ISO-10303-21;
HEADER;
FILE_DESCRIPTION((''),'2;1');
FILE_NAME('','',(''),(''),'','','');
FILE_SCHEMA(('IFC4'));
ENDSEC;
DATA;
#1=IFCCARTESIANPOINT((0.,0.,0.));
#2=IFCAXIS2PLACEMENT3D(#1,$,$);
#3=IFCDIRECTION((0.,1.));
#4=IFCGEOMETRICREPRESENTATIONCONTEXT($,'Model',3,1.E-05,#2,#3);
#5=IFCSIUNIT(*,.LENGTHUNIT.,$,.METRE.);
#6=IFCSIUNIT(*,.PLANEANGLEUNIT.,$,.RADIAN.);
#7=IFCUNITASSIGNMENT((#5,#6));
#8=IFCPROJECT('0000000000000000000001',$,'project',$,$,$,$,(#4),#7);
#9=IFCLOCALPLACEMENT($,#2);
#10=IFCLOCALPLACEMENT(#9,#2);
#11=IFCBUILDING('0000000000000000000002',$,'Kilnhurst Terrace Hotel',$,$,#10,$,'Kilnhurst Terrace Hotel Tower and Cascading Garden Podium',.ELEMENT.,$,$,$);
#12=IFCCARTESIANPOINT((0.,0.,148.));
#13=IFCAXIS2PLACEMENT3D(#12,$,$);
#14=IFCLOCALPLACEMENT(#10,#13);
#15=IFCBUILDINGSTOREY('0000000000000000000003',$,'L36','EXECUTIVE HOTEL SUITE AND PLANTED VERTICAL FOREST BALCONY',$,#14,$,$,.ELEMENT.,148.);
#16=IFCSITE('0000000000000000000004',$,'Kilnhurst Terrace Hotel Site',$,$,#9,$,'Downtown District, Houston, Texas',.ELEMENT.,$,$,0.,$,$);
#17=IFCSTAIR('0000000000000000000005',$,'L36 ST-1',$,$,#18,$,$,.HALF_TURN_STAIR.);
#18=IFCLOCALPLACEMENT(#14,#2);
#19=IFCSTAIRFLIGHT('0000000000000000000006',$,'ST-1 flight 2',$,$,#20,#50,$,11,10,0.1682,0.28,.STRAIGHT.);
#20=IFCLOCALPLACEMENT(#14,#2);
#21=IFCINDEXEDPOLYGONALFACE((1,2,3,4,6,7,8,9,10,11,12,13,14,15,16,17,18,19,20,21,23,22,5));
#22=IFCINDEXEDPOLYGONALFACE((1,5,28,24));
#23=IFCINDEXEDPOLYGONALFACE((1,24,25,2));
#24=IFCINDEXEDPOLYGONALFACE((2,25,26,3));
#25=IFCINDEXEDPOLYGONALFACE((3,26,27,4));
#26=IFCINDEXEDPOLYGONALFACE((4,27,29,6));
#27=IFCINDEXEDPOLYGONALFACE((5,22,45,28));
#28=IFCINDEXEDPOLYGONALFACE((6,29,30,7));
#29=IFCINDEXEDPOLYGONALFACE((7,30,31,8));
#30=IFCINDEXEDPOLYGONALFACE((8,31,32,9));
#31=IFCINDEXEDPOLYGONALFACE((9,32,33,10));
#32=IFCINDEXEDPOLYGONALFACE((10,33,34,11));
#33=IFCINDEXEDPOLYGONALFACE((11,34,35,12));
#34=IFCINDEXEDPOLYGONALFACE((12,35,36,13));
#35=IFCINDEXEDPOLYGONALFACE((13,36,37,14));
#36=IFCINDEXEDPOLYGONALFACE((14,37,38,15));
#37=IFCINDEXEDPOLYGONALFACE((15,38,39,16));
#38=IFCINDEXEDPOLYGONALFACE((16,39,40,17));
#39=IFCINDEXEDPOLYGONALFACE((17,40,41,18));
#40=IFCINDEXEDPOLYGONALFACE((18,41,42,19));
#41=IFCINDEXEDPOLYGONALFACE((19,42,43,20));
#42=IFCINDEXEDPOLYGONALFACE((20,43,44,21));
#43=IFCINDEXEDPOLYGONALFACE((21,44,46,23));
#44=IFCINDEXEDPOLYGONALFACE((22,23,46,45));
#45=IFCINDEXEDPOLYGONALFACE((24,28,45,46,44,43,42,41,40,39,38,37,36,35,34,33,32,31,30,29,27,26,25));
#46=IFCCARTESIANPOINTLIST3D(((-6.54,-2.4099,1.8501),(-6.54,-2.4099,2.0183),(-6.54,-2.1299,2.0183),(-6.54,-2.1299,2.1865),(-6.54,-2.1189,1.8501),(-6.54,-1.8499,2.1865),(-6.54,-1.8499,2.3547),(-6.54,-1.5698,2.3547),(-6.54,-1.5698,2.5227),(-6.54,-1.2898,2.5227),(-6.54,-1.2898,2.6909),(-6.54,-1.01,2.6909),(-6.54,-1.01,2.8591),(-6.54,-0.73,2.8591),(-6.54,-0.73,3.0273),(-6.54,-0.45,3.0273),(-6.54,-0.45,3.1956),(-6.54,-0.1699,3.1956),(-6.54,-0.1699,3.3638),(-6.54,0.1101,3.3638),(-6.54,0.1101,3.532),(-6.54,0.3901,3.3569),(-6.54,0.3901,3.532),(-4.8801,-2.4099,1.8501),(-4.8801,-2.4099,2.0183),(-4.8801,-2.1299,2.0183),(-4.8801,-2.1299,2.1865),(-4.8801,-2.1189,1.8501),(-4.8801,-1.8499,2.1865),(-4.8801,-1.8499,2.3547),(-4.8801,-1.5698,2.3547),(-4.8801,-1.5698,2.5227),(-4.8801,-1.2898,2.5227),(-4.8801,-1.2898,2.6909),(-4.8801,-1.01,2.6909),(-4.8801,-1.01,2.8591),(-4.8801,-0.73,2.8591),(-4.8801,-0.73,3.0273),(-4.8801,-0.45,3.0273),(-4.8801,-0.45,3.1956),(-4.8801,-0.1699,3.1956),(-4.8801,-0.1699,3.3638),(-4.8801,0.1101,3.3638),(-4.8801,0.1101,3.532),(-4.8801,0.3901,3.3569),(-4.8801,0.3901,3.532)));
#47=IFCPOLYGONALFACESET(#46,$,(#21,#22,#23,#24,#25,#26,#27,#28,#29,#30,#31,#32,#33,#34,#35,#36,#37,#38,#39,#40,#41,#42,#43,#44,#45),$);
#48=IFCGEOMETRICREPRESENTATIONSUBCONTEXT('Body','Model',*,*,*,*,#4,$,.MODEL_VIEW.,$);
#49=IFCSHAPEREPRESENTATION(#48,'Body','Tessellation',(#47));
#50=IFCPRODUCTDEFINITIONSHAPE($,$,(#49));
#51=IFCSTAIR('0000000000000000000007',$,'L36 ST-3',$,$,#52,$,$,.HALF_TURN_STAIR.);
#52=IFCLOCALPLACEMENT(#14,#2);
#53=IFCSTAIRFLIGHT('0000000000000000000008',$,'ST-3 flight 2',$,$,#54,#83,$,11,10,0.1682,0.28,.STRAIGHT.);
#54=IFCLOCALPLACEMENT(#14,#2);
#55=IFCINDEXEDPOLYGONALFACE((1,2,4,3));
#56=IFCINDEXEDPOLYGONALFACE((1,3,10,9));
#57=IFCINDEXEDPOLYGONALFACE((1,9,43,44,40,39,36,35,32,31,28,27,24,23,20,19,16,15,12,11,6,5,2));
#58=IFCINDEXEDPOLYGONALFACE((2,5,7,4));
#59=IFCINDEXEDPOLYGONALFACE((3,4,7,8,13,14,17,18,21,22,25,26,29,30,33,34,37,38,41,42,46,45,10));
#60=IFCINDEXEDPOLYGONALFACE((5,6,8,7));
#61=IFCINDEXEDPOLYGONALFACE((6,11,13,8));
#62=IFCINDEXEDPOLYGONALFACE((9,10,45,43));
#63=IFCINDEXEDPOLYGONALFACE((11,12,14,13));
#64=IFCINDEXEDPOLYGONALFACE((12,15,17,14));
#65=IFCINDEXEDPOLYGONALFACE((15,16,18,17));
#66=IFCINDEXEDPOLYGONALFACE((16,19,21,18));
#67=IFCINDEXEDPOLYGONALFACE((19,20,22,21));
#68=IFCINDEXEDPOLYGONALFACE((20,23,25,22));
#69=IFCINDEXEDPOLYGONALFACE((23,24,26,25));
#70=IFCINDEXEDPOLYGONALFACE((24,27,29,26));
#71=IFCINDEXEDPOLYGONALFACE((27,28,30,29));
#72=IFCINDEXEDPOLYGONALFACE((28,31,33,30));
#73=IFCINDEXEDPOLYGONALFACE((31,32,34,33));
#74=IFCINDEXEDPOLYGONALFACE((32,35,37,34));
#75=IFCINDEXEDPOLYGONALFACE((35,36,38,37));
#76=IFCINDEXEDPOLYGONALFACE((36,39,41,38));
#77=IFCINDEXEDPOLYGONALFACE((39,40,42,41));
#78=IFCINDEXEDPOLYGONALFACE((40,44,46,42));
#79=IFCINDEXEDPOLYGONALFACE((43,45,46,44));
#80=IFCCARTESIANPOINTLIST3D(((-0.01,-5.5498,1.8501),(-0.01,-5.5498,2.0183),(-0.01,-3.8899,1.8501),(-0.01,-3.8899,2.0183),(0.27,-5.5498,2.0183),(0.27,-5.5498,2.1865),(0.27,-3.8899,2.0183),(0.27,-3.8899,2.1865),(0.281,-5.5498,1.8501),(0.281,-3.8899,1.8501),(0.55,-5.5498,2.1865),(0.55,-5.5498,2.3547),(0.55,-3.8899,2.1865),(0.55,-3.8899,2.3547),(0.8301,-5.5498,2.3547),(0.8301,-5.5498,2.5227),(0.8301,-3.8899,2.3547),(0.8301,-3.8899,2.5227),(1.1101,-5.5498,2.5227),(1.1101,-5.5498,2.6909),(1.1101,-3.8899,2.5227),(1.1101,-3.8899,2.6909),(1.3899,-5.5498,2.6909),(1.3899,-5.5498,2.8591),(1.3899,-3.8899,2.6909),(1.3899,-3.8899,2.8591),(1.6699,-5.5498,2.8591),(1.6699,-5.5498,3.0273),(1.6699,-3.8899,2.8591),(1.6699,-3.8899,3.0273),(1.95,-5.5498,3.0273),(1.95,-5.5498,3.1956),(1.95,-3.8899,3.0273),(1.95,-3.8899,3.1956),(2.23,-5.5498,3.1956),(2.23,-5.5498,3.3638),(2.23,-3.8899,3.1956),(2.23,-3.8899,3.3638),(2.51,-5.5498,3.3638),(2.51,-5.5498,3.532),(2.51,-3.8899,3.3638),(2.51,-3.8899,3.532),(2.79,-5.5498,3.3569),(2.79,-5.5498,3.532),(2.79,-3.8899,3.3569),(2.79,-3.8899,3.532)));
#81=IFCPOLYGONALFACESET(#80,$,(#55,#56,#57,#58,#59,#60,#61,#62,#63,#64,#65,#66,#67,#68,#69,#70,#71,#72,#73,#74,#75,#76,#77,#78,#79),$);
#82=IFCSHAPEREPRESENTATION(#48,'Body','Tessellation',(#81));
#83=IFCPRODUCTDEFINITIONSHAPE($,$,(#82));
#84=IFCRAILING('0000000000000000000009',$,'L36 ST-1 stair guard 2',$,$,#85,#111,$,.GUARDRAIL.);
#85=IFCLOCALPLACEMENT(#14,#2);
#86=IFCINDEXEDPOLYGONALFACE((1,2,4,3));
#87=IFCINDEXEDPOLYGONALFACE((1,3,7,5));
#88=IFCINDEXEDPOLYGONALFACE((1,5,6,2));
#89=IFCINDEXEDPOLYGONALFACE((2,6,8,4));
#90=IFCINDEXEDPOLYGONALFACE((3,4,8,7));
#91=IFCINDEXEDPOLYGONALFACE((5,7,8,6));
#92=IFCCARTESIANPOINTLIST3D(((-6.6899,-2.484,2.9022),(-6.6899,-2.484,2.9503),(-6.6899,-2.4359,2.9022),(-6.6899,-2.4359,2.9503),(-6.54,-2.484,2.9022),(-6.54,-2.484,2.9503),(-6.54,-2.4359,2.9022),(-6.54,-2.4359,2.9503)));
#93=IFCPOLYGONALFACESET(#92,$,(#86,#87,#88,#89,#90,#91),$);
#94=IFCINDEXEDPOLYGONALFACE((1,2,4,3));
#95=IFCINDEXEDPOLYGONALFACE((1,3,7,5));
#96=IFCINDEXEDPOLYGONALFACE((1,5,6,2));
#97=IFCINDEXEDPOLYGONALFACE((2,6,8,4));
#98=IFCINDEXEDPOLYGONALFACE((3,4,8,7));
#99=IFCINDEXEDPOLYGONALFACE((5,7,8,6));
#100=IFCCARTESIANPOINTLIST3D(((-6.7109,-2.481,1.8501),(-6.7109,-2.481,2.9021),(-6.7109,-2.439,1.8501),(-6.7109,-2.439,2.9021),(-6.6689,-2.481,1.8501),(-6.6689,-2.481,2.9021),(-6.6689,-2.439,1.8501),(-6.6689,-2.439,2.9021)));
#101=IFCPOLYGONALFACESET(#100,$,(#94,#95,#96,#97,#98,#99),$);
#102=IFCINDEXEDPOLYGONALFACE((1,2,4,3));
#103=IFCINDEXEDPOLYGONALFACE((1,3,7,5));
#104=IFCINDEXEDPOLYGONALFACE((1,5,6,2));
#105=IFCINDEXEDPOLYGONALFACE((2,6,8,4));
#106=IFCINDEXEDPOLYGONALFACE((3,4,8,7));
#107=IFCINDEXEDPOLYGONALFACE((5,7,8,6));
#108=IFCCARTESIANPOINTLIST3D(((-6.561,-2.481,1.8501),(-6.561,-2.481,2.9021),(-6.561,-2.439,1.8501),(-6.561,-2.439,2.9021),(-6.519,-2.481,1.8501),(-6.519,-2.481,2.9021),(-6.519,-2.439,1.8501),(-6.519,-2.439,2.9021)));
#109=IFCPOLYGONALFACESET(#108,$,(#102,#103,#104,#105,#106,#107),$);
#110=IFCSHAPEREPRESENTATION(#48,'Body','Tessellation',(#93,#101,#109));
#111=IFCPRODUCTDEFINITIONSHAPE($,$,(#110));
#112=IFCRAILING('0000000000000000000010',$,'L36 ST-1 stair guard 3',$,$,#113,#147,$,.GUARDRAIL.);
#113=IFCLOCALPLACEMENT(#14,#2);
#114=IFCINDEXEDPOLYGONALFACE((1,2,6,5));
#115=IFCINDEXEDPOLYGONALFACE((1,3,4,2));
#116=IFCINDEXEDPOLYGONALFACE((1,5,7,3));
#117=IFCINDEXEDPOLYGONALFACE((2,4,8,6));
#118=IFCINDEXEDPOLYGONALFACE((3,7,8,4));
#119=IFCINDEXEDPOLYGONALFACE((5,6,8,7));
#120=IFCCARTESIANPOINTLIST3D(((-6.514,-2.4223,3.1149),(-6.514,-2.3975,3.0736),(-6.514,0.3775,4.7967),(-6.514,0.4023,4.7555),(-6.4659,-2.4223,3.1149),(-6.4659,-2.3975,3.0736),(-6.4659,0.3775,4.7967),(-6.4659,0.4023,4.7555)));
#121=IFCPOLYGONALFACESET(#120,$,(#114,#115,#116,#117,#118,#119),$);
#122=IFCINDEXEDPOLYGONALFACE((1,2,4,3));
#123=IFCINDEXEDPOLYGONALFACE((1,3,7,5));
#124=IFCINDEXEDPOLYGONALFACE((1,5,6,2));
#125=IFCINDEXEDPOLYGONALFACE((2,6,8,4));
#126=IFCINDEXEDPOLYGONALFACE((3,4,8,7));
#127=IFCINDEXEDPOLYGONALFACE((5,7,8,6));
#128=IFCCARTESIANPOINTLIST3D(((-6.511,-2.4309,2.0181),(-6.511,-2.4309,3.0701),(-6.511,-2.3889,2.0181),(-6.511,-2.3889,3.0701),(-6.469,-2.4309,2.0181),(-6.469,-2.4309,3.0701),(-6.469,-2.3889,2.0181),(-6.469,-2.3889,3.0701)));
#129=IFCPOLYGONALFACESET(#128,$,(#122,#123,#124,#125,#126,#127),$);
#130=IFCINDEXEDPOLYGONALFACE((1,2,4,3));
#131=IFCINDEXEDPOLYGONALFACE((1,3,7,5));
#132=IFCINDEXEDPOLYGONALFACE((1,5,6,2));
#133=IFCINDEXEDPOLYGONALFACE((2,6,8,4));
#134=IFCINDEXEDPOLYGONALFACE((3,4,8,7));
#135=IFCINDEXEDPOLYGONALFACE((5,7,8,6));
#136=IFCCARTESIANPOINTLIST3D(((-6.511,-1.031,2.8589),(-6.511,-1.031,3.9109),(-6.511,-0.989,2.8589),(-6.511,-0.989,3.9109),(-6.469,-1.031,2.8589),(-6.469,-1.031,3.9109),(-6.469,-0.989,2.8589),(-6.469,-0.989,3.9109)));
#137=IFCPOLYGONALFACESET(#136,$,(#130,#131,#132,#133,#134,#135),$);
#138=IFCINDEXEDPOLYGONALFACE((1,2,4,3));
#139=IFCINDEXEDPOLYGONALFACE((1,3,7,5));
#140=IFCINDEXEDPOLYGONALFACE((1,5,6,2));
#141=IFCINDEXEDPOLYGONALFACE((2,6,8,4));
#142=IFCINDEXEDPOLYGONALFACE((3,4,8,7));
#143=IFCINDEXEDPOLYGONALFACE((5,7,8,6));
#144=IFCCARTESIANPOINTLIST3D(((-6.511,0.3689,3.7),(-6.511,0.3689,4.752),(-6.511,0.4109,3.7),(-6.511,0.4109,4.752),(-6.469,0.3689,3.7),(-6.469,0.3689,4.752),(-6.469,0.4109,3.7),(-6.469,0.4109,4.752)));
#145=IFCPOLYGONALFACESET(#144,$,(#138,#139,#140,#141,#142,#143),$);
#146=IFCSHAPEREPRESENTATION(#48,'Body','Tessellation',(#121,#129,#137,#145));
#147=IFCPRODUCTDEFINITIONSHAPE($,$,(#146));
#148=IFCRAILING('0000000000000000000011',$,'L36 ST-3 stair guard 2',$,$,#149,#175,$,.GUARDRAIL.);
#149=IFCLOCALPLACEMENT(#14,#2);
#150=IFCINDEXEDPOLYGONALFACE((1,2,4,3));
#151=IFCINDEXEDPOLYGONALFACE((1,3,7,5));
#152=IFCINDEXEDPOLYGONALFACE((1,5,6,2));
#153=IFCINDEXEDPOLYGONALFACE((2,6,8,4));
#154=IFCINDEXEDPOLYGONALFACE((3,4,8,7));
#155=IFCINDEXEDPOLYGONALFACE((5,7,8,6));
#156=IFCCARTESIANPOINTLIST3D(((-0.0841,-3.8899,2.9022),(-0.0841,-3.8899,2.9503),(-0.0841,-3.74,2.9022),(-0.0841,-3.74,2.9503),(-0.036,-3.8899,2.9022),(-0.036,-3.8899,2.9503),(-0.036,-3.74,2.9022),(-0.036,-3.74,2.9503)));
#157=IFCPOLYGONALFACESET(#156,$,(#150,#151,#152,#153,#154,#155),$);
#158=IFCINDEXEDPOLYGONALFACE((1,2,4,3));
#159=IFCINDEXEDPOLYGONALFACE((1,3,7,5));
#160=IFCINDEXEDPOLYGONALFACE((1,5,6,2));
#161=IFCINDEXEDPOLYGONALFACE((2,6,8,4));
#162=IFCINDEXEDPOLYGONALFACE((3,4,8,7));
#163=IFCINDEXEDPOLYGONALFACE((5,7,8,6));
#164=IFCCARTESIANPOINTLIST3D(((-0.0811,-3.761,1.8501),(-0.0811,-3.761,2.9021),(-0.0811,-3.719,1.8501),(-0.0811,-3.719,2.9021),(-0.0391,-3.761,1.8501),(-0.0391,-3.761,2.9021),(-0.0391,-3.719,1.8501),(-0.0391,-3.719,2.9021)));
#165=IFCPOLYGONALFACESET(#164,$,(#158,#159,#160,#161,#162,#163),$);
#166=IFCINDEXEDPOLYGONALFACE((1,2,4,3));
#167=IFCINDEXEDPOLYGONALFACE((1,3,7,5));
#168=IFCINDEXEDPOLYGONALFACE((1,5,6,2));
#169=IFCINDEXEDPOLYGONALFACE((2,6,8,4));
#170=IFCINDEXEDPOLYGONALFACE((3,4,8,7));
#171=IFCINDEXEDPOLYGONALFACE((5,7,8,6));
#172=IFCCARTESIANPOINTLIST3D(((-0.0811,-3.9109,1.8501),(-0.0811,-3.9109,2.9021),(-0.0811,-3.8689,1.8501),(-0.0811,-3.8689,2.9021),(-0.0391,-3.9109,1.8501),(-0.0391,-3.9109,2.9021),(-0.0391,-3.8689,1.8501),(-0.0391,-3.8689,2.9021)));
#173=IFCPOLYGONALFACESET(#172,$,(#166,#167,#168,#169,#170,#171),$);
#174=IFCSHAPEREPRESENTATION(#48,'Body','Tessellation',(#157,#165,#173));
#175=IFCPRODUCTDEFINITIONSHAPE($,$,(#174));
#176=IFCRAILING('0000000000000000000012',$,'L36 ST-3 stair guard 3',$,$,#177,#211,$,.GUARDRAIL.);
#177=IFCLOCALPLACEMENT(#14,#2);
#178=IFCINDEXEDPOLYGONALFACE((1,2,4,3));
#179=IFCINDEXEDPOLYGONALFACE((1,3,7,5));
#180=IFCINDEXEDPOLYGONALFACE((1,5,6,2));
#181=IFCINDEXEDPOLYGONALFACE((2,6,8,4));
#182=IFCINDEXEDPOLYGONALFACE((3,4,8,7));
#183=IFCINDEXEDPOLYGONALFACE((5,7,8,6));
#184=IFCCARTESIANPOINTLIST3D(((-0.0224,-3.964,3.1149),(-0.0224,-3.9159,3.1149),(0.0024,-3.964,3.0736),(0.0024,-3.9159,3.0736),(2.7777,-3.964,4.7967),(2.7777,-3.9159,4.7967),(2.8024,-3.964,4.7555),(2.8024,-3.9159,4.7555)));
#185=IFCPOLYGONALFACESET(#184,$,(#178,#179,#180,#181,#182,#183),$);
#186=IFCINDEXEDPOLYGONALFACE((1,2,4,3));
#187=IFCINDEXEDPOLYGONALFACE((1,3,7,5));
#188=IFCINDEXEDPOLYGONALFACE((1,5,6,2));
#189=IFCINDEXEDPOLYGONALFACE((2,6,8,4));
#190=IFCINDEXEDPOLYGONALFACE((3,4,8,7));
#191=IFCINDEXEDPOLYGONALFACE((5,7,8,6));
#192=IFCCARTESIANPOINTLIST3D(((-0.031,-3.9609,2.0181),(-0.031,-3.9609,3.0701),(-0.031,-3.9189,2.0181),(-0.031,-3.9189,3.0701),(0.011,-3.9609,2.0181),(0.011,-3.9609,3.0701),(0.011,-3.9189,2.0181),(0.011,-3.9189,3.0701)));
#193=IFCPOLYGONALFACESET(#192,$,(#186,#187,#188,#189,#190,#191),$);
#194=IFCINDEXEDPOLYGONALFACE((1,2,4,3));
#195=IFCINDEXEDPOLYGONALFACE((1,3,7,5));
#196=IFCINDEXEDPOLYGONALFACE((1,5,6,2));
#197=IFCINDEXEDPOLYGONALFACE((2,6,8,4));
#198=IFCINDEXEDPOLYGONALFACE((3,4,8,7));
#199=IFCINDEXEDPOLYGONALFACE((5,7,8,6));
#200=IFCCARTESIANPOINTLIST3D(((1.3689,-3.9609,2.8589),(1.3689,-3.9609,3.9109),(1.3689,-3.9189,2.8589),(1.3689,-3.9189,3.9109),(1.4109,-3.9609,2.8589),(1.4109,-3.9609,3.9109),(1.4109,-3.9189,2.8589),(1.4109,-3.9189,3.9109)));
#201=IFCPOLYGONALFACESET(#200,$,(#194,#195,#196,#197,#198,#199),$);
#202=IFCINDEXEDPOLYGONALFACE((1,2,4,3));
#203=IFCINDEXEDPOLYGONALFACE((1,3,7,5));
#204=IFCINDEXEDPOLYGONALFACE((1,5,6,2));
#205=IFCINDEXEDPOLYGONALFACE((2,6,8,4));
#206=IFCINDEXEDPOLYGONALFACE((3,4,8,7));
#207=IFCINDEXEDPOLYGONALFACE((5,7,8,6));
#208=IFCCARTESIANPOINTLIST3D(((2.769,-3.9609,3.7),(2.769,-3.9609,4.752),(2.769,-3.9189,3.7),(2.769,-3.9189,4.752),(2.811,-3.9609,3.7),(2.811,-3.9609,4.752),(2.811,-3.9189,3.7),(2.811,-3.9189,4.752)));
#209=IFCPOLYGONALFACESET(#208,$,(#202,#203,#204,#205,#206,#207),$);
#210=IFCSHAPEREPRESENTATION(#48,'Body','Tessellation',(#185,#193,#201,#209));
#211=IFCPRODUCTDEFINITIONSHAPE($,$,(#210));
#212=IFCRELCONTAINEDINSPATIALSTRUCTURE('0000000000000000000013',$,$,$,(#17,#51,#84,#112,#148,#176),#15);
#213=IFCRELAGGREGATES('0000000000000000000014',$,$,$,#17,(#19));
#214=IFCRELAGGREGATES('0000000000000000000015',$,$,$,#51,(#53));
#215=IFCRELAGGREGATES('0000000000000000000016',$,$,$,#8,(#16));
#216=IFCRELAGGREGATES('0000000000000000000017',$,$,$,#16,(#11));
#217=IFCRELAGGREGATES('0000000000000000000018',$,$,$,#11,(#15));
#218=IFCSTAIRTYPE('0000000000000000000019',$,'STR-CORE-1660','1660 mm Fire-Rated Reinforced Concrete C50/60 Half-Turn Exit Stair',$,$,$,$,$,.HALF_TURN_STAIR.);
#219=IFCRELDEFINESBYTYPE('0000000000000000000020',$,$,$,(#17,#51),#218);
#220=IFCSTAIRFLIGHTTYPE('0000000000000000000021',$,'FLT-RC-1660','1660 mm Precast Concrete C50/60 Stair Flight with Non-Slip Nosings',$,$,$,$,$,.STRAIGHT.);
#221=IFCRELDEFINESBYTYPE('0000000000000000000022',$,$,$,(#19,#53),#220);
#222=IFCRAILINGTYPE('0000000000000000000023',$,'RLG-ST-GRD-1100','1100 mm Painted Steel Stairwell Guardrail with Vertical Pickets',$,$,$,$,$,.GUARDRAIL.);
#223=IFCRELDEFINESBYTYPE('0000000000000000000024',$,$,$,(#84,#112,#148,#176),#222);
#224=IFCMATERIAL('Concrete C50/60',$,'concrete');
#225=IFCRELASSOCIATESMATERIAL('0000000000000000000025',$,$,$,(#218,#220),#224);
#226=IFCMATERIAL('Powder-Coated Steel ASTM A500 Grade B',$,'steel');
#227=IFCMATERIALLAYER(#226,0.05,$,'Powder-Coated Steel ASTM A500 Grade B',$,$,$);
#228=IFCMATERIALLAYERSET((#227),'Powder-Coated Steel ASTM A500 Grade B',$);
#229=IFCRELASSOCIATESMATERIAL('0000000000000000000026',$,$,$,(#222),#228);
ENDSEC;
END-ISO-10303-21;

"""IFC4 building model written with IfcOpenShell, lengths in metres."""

from ifc_helpers import new_model, si_unit, direction, frame, origin, origin_2d, place, context, subcontext, project, spatial, polyline, rectangle, outline, extrude, material, layer, layer_set, type_object, element, aggregate, save


model = new_model("IFC4")

# Units and contexts
model_context = context("Model", 3, precision=1e-05, world=origin(), true_north=direction((0.0, 1.0)))
body_context = subcontext(model_context, "Body", "Model", "MODEL_VIEW")
ifc_project = project(units=[si_unit("LENGTHUNIT", "METRE"), si_unit("PLANEANGLEUNIT", "RADIAN")], contexts=[model_context])

# Site, building, storey
site_placement = place(None, origin())
site = spatial("IfcSite", under=ifc_project, at=site_placement, Name="Kilnhurst Terrace Hotel Site", LongName="Downtown District, Houston, Texas", CompositionType="ELEMENT", RefElevation=0.0)
building_placement = place(site_placement, origin())
building = spatial("IfcBuilding", under=site, at=building_placement, Name="Kilnhurst Terrace Hotel", LongName="Kilnhurst Terrace Hotel Tower and Cascading Garden Podium", CompositionType="ELEMENT")
storey_placement = place(building_placement, frame((0.0, 0.0, 148.0)))
storey = spatial("IfcBuildingStorey", under=building, at=storey_placement, Name="L36", Description="EXECUTIVE HOTEL SUITE AND PLANTED VERTICAL FOREST BALCONY", CompositionType="ELEMENT", Elevation=148.0)

# Shared definitions
ifc_material_1 = material(Name="Concrete C50/60", Category="concrete")

# Stairs, stair flights
stair_type = type_object("IfcStairType", Name="STR-CORE-1660", Description="1660 mm Fire-Rated Reinforced Concrete C50/60 Half-Turn Exit Stair", PredefinedType="HALF_TURN_STAIR", material=ifc_material_1)
stair_1_placement = place(storey_placement, origin())
stair_1 = element("IfcStair", 1, at=stair_1_placement, inside=storey, type_object=stair_type, Name="L36 ST-1", PredefinedType="HALF_TURN_STAIR")
stair_flight_type = type_object("IfcStairFlightType", Name="FLT-RC-1660", Description="1660 mm Precast Concrete C50/60 Stair Flight with Non-Slip Nosings", PredefinedType="STRAIGHT", material=ifc_material_1)
stair_flight_1_placement = place(storey_placement, frame((-5.71, -2.4099, 1.8501), z_axis=(0.0, 0.0, 1.0), x_axis=(0.0, 1.0, 0.0)))
stair_flight_1 = element("IfcStairFlight", 2, at=stair_flight_1_placement, type_object=stair_flight_type, Name="ST-1 flight 2", NumberOfRisers=11, NumberOfTreads=10, PredefinedType="STRAIGHT", RiserHeight=0.1682, TreadLength=0.28, context=body_context, shape_type="SweptSolid", body=[
    extrude(outline(polyline([(0.0, 0.0), (0.0, 0.1682), (0.28, 0.1682), (0.28, 0.3364), (0.5601, 0.3364), (0.5601, 0.5046), (0.8401, 0.5046), (0.8401, 0.6726), (1.1201, 0.6726), (1.1201, 0.8408), (1.3999, 0.8408), (1.3999, 1.009), (1.6799, 1.009), (1.6799, 1.1772), (1.96, 1.1772), (1.96, 1.3455), (2.24, 1.3455), (2.24, 1.5137), (2.52, 1.5137), (2.52, 1.6819), (2.8, 1.6819), (2.8, 1.8501), (2.8, 1.5068), (0.291, 0.0), (0.0, 0.0)])), frame((0.0, 0.8301, 0.0), z_axis=(0.0, -1.0, 0.0), x_axis=(1.0, 0.0, 0.0)), (0.0, 0.0, 1.0), 1.6599),
])
aggregate(stair_1, [stair_flight_1])
stair_2_placement = place(storey_placement, origin())
stair_2 = element("IfcStair", 3, at=stair_2_placement, inside=storey, type_object=stair_type, Name="L36 ST-3", PredefinedType="HALF_TURN_STAIR")
stair_flight_2_placement = place(storey_placement, frame((-0.01, -4.72, 1.8501), z_axis=(0.0, 0.0, 1.0), x_axis=(1.0, 0.0, 0.0)))
stair_flight_2 = element("IfcStairFlight", 4, at=stair_flight_2_placement, type_object=stair_flight_type, Name="ST-3 flight 2", NumberOfRisers=11, NumberOfTreads=10, PredefinedType="STRAIGHT", RiserHeight=0.1682, TreadLength=0.28, context=body_context, shape_type="SweptSolid", body=[
    extrude(outline(polyline([(0.0, 0.0), (0.0, 0.1682), (0.28, 0.1682), (0.28, 0.3364), (0.5601, 0.3364), (0.5601, 0.5046), (0.8401, 0.5046), (0.8401, 0.6726), (1.1201, 0.6726), (1.1201, 0.8408), (1.3999, 0.8408), (1.3999, 1.009), (1.6799, 1.009), (1.6799, 1.1772), (1.96, 1.1772), (1.96, 1.3455), (2.24, 1.3455), (2.24, 1.5137), (2.52, 1.5137), (2.52, 1.6819), (2.8, 1.6819), (2.8, 1.8501), (2.8, 1.5068), (0.291, 0.0), (0.0, 0.0)])), frame((0.0, 0.8301, 0.0), z_axis=(0.0, -1.0, 0.0), x_axis=(1.0, 0.0, 0.0)), (0.0, 0.0, 1.0), 1.6599),
])
aggregate(stair_2, [stair_flight_2])

# Railings
ifc_material_2 = material(Name="Powder-Coated Steel ASTM A500 Grade B", Category="steel")
ifc_layer_1 = layer(ifc_material_2, 0.05, Name="Powder-Coated Steel ASTM A500 Grade B")
ifc_layer_set_1 = layer_set([ifc_layer_1], Name="Powder-Coated Steel ASTM A500 Grade B")
railing_type_1 = type_object("IfcRailingType", Name="RLG-ST-GRD-1100", Description="1100 mm Painted Steel Stairwell Guardrail with Vertical Pickets", PredefinedType="GUARDRAIL", material=ifc_layer_set_1)
railing_1_placement = place(storey_placement, frame((-6.6899, -2.46, 1.8501)))
element("IfcRailing", 5, at=railing_1_placement, inside=storey, type_object=railing_type_1, Name="L36 ST-1 stair guard 2", PredefinedType="GUARDRAIL", context=body_context, shape_type="SweptSolid", body=[
    extrude(rectangle(XDim=0.0481, YDim=0.0481, at=origin_2d()), frame((0.0, 0.0, 1.0762), z_axis=(1.0, 0.0, 0.0), x_axis=(0.0, 1.0, 0.0)), (0.0, 0.0, 1.0), 0.1499),
    extrude(rectangle(XDim=0.042, YDim=0.042, at=origin_2d()), origin(), (0.0, 0.0, 1.0), 1.052),
    extrude(rectangle(XDim=0.042, YDim=0.042, at=origin_2d()), frame((0.1499, 0.0, 0.0)), (0.0, 0.0, 1.0), 1.052),
])
railing_2_placement = place(storey_placement, frame((-6.49, -2.4099, 2.0181)))
element("IfcRailing", 6, at=railing_2_placement, inside=storey, type_object=railing_type_1, Name="L36 ST-1 stair guard 3", PredefinedType="GUARDRAIL", context=body_context, shape_type="SweptSolid", body=[
    extrude(rectangle(XDim=0.0481, YDim=0.0481, at=origin_2d()), frame((0.0, 0.0, 1.0762), z_axis=(0.0, 0.857222, 0.514946), x_axis=(-1.0, 0.0, 0.0)), (0.0, 0.0, 1.0), 3.2661),
    extrude(rectangle(XDim=0.042, YDim=0.042, at=origin_2d()), origin(), (0.0, 0.0, 1.0), 1.052),
    extrude(rectangle(XDim=0.042, YDim=0.042, at=origin_2d()), frame((0.0, 1.3999, 0.8408)), (0.0, 0.0, 1.0), 1.052),
    extrude(rectangle(XDim=0.042, YDim=0.042, at=origin_2d()), frame((0.0, 2.7998, 1.6819)), (0.0, 0.0, 1.0), 1.052),
])
railing_3_placement = place(storey_placement, frame((-0.0601, -3.74, 1.8501)))
element("IfcRailing", 7, at=railing_3_placement, inside=storey, type_object=railing_type_1, Name="L36 ST-3 stair guard 2", PredefinedType="GUARDRAIL", context=body_context, shape_type="SweptSolid", body=[
    extrude(rectangle(XDim=0.0481, YDim=0.0481, at=origin_2d()), frame((0.0, 0.0, 1.0762), z_axis=(0.0, -1.0, 0.0), x_axis=(1.0, 0.0, 0.0)), (0.0, 0.0, 1.0), 0.1499),
    extrude(rectangle(XDim=0.042, YDim=0.042, at=origin_2d()), origin(), (0.0, 0.0, 1.0), 1.052),
    extrude(rectangle(XDim=0.042, YDim=0.042, at=origin_2d()), frame((0.0, -0.1499, 0.0)), (0.0, 0.0, 1.0), 1.052),
])
railing_4_placement = place(storey_placement, frame((-0.01, -3.9399, 2.0181)))
element("IfcRailing", 8, at=railing_4_placement, inside=storey, type_object=railing_type_1, Name="L36 ST-3 stair guard 3", PredefinedType="GUARDRAIL", context=body_context, shape_type="SweptSolid", body=[
    extrude(rectangle(XDim=0.0481, YDim=0.0481, at=origin_2d()), frame((0.0, 0.0, 1.0762), z_axis=(0.857242, 0.0, 0.514913), x_axis=(0.0, 1.0, 0.0)), (0.0, 0.0, 1.0), 3.2664),
    extrude(rectangle(XDim=0.042, YDim=0.042, at=origin_2d()), origin(), (0.0, 0.0, 1.0), 1.052),
    extrude(rectangle(XDim=0.042, YDim=0.042, at=origin_2d()), frame((1.3999, 0.0, 0.8408)), (0.0, 0.0, 1.0), 1.052),
    extrude(rectangle(XDim=0.042, YDim=0.042, at=origin_2d()), frame((2.8, 0.0, 1.6819)), (0.0, 0.0, 1.0), 1.052),
])

save(model, "model.ifc")
